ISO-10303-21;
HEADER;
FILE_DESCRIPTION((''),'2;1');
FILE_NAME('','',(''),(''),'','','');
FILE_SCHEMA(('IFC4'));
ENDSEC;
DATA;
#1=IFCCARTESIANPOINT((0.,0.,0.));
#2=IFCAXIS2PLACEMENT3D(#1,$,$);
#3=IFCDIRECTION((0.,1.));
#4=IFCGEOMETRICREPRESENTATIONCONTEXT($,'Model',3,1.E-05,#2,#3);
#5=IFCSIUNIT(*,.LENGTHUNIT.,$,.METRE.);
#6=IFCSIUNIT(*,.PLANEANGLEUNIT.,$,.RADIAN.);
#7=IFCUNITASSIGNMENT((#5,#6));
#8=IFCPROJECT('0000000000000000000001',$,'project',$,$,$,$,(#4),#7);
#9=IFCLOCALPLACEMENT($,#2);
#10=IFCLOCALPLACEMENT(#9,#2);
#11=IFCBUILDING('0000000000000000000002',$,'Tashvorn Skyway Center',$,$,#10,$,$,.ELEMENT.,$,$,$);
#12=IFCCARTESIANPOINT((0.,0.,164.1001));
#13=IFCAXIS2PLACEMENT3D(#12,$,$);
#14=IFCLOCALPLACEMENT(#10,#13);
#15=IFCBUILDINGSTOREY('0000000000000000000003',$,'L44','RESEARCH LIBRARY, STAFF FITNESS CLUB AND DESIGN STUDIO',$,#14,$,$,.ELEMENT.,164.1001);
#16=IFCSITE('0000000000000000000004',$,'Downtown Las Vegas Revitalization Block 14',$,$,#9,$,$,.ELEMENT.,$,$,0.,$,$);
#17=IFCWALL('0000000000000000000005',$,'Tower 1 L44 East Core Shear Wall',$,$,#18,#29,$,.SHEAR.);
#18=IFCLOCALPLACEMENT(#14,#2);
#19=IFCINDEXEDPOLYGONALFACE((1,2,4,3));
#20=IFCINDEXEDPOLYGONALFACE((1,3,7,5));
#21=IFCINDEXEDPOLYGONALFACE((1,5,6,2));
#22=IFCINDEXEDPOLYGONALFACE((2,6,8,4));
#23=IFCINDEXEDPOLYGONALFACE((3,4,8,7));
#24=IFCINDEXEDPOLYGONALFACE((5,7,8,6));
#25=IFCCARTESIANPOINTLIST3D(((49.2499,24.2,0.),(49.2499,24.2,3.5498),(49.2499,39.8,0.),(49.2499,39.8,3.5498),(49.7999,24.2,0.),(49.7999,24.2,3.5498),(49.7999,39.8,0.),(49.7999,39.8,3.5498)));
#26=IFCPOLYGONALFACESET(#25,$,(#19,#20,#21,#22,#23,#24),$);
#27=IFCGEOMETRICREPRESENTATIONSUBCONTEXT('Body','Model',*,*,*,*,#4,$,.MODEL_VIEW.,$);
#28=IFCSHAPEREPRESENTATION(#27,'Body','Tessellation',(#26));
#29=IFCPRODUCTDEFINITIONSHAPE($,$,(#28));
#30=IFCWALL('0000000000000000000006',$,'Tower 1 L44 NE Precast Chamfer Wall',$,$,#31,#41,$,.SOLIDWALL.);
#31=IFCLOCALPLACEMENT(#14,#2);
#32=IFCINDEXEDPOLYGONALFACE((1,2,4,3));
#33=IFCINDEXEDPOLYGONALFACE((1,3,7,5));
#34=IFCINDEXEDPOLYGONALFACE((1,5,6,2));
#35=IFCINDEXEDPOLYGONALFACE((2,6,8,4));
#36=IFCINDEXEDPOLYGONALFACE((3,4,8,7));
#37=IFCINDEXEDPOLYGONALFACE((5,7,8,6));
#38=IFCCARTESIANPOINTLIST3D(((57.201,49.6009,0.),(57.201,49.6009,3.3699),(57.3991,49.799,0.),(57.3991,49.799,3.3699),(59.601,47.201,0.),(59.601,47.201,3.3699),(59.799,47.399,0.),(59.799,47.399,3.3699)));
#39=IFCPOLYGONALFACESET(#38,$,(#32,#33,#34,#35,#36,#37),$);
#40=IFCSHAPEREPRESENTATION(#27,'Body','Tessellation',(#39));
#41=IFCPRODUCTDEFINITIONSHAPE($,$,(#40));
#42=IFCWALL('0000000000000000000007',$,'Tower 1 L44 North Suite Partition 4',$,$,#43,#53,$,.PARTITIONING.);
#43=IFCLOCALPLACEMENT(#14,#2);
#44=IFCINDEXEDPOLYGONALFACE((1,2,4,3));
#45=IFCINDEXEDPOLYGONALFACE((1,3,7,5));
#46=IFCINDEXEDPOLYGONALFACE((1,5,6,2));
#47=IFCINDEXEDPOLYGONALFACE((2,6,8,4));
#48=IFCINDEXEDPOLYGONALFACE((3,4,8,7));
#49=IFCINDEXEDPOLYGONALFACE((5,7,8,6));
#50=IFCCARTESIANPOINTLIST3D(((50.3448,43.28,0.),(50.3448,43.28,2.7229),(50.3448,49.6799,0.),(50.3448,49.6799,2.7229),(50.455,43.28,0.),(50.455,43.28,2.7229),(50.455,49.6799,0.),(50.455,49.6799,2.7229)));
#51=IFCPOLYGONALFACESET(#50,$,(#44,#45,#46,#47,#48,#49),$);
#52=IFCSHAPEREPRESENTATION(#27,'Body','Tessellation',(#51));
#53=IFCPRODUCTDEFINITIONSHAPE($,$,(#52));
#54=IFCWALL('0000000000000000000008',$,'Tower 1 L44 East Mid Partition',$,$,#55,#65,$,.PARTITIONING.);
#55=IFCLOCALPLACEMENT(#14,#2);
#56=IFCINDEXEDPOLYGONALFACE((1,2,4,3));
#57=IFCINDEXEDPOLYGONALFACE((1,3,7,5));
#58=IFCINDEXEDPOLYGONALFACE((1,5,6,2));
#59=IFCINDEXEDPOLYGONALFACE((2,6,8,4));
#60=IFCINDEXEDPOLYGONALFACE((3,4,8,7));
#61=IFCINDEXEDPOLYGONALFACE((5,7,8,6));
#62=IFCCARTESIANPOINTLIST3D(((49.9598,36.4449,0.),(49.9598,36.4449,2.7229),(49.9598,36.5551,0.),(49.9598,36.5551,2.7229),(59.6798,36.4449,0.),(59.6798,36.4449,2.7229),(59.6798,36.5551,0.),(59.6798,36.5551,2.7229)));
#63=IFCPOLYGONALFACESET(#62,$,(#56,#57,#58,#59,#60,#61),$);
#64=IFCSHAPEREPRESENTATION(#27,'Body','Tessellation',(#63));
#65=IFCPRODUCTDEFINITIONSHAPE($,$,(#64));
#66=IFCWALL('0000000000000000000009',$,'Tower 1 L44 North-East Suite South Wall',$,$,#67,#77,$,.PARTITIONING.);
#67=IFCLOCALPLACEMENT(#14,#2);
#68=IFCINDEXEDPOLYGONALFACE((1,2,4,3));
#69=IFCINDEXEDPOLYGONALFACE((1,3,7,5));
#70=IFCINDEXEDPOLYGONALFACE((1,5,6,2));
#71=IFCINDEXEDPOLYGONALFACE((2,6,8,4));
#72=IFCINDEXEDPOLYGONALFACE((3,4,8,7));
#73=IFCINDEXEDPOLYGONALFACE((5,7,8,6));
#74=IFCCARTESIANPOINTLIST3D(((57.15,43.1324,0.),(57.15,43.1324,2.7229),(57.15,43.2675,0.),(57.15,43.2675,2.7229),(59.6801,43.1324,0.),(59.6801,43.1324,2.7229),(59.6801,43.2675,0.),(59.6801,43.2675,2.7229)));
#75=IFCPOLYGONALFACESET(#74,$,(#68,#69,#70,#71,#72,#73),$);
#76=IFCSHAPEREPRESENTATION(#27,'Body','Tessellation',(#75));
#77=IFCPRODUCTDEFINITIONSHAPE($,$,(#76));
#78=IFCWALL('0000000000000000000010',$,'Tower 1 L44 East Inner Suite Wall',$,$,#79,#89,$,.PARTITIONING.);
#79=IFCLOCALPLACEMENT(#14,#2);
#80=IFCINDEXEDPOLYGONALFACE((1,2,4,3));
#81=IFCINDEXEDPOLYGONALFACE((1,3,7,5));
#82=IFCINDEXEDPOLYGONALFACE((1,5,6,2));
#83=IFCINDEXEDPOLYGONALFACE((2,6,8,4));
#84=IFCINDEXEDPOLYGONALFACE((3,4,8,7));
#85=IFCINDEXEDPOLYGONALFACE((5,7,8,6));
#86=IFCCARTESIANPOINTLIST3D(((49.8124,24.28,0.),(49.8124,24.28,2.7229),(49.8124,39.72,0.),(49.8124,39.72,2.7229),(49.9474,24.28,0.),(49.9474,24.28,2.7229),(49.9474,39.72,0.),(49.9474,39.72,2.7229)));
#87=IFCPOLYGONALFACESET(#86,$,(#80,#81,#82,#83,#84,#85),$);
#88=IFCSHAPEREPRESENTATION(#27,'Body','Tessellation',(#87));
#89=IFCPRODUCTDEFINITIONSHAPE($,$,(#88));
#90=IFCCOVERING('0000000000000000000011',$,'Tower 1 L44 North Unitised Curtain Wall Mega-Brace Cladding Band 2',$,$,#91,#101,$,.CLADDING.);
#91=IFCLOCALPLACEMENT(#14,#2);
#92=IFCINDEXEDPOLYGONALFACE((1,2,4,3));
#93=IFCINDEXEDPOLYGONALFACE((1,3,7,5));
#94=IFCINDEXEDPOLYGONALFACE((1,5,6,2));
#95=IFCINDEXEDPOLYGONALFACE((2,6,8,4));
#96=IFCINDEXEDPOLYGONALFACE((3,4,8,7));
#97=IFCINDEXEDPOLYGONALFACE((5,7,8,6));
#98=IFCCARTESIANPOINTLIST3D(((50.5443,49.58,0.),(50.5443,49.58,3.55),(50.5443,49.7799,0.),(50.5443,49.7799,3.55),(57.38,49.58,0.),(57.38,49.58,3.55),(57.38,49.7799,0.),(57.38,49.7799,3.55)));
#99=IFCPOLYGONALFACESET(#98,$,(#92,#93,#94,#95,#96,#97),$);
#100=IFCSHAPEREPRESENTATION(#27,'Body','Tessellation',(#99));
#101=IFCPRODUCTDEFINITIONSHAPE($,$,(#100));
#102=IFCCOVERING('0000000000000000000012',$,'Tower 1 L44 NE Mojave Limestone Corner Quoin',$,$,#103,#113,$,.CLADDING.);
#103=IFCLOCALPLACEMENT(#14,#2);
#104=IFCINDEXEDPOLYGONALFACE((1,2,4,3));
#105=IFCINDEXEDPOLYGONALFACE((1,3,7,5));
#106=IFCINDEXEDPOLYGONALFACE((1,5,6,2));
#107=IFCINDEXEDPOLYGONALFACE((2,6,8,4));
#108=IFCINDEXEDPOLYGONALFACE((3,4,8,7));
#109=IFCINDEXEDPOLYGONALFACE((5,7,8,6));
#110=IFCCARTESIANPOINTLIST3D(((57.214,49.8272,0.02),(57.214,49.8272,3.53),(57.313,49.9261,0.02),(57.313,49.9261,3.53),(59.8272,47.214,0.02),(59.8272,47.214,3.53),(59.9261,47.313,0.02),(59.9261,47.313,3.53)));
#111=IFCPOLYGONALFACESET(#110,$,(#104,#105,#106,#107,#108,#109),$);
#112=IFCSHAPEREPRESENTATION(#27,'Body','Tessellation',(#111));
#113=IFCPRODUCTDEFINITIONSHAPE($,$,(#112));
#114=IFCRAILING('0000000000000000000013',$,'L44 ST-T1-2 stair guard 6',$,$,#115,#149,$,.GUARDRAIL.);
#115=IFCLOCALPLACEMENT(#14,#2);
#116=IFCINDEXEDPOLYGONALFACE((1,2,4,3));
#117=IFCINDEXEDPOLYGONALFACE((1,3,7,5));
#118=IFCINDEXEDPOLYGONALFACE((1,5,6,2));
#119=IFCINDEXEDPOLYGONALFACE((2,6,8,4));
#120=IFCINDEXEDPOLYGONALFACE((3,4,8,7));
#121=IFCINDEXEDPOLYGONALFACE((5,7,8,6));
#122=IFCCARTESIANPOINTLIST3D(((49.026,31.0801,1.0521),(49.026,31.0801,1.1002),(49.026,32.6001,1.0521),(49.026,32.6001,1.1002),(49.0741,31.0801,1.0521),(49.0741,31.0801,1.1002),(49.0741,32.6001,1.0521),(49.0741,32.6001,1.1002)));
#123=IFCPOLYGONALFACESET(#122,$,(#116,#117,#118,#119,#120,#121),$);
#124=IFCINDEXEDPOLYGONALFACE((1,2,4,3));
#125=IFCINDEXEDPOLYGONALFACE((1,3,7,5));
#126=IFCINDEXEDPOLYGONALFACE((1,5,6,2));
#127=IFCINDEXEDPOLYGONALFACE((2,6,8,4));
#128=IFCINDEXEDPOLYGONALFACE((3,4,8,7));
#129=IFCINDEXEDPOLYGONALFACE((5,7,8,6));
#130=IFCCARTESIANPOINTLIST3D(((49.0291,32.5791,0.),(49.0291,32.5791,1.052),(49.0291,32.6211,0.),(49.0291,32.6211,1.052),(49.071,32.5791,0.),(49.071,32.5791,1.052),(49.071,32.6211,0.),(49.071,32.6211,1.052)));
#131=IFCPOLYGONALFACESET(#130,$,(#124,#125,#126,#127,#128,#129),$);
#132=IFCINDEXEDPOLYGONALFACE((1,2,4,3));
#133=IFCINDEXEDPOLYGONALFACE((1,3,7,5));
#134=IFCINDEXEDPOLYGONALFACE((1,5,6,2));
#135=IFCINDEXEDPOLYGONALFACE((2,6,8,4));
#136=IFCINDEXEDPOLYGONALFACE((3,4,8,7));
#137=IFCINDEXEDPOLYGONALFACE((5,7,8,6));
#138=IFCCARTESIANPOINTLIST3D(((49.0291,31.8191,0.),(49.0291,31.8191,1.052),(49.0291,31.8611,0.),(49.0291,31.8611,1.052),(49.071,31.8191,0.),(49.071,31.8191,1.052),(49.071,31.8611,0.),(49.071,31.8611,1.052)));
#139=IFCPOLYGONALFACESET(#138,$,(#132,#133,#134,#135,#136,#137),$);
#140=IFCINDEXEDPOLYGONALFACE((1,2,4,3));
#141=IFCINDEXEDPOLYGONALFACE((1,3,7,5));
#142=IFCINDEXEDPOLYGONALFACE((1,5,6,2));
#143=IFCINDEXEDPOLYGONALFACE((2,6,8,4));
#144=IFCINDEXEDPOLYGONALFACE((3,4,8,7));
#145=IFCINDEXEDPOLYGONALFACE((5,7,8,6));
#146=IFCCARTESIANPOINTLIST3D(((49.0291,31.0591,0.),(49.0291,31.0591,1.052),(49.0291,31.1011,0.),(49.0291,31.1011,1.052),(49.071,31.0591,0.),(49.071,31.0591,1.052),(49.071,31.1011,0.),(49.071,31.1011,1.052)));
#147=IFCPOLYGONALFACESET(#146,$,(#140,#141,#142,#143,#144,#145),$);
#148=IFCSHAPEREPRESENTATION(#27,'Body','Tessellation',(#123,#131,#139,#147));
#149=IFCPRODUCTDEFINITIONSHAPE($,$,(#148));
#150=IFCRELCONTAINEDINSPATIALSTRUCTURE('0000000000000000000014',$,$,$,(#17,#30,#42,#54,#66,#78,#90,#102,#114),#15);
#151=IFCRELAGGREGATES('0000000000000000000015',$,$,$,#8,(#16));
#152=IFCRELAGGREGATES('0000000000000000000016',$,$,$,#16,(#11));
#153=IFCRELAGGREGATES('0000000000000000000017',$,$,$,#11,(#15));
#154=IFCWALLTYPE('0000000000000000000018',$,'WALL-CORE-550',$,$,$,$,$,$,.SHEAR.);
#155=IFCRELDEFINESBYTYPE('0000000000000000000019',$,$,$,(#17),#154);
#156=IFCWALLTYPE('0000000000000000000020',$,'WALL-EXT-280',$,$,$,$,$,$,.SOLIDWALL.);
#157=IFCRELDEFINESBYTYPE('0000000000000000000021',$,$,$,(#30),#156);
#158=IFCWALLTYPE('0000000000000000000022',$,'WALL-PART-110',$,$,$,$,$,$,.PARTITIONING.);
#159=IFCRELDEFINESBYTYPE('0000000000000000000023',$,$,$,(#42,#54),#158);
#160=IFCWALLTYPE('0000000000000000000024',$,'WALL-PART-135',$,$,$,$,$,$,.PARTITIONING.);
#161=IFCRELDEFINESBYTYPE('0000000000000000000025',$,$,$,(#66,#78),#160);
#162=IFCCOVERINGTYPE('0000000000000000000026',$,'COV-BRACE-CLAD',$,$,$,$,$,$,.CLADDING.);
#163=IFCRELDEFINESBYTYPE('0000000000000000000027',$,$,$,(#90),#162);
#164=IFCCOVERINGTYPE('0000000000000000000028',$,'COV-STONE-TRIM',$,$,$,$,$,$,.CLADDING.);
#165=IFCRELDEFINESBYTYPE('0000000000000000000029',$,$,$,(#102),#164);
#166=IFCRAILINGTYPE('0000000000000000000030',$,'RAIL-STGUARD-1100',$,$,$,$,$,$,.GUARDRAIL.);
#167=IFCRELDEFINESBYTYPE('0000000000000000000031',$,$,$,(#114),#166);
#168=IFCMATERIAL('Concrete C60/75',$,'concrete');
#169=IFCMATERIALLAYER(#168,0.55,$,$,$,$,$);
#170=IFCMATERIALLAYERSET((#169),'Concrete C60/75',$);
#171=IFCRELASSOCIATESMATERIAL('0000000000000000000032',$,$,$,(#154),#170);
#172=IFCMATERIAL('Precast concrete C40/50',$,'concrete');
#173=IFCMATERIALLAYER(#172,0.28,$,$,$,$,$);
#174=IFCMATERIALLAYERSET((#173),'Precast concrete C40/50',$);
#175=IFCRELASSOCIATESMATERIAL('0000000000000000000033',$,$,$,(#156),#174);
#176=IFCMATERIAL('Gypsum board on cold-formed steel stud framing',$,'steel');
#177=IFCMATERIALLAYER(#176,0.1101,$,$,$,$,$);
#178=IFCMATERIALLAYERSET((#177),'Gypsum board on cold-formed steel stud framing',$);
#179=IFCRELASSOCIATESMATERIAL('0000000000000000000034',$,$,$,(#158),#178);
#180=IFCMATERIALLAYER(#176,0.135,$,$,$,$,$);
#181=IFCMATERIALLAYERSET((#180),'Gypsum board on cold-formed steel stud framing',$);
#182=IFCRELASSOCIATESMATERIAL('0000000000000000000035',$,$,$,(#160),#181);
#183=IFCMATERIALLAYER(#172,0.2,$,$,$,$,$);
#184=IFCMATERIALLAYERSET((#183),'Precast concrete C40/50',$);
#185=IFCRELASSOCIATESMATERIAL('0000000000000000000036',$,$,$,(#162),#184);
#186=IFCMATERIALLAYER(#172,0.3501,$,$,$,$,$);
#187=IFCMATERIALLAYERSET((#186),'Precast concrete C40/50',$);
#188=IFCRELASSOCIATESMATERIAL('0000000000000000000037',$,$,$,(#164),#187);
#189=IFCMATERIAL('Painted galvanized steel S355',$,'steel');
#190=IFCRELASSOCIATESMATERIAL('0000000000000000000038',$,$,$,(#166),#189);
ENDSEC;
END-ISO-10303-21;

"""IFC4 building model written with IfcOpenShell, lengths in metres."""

from ifc_helpers import new_model, si_unit, direction, frame, frame_2d, origin, origin_2d, place, context, subcontext, project, spatial, rectangle, extrude, material, layer, layer_set, type_object, element, save


model = new_model("IFC4")

# Units and contexts
model_context = context("Model", 3, precision=1e-05, world=origin(), true_north=direction((0.0, 1.0)))
body_context = subcontext(model_context, "Body", "Model", "MODEL_VIEW")
ifc_project = project(units=[si_unit("LENGTHUNIT", "METRE"), si_unit("PLANEANGLEUNIT", "RADIAN")], contexts=[model_context])

# Site, building, storey
site_placement = place(None, origin())
site = spatial("IfcSite", under=ifc_project, at=site_placement, Name="Downtown Las Vegas Revitalization Block 14", CompositionType="ELEMENT", RefElevation=0.0)
building_placement = place(site_placement, origin())
building = spatial("IfcBuilding", under=site, at=building_placement, Name="Tashvorn Skyway Center", CompositionType="ELEMENT")
storey_placement = place(building_placement, frame((0.0, 0.0, 164.1001)))
storey = spatial("IfcBuildingStorey", under=building, at=storey_placement, Name="L44", Description="RESEARCH LIBRARY, STAFF FITNESS CLUB AND DESIGN STUDIO", CompositionType="ELEMENT", Elevation=164.1001)

# Walls
ifc_material_1 = material(Name="Concrete C60/75", Category="concrete")
ifc_layer_1 = layer(ifc_material_1, 0.55)
ifc_layer_set_1 = layer_set([ifc_layer_1], Name="Concrete C60/75")
wall_type_1 = type_object("IfcWallType", Name="WALL-CORE-550", PredefinedType="SHEAR", material=ifc_layer_set_1)
wall_1_placement = place(storey_placement, frame((49.5249, 39.8, 0.0), z_axis=(0.0, 0.0, 1.0), x_axis=(0.0, -1.0, 0.0)))
element("IfcWall", 1, at=wall_1_placement, inside=storey, type_object=wall_type_1, Name="Tower 1 L44 East Core Shear Wall", PredefinedType="SHEAR", context=body_context, shape_type="SweptSolid", body=[
    extrude(rectangle(XDim=15.6001, YDim=0.55, at=frame_2d((7.8, 0.0))), origin(), (0.0, 0.0, 1.0), 3.5498),
])
ifc_material_2 = material(Name="Precast concrete C40/50", Category="concrete")
ifc_layer_2 = layer(ifc_material_2, 0.28)
ifc_layer_set_2 = layer_set([ifc_layer_2], Name="Precast concrete C40/50")
wall_type_2 = type_object("IfcWallType", Name="WALL-EXT-280", PredefinedType="SOLIDWALL", material=ifc_layer_set_2)
wall_2_placement = place(storey_placement, frame((57.3, 49.7, 0.0), z_axis=(0.0, 0.0, 1.0), x_axis=(0.707107, -0.707107, 0.0)))
element("IfcWall", 2, at=wall_2_placement, inside=storey, type_object=wall_type_2, Name="Tower 1 L44 NE Precast Chamfer Wall", PredefinedType="SOLIDWALL", context=body_context, shape_type="SweptSolid", body=[
    extrude(rectangle(XDim=3.394, YDim=0.28, at=frame_2d((1.697, 0.0))), origin(), (0.0, 0.0, 1.0), 3.3699),
])
ifc_material_3 = material(Name="Gypsum board on cold-formed steel stud framing", Category="steel")
ifc_layer_3 = layer(ifc_material_3, 0.1101)
ifc_layer_set_3 = layer_set([ifc_layer_3], Name="Gypsum board on cold-formed steel stud framing")
wall_type_3 = type_object("IfcWallType", Name="WALL-PART-110", PredefinedType="PARTITIONING", material=ifc_layer_set_3)
wall_3_placement = place(storey_placement, frame((50.3999, 43.28, 0.0), z_axis=(0.0, 0.0, 1.0), x_axis=(0.0, 1.0, 0.0)))
element("IfcWall", 3, at=wall_3_placement, inside=storey, type_object=wall_type_3, Name="Tower 1 L44 North Suite Partition 4", PredefinedType="PARTITIONING", context=body_context, shape_type="SweptSolid", body=[
    extrude(rectangle(XDim=6.3999, YDim=0.1101, at=frame_2d((3.2, 0.0))), origin(), (0.0, 0.0, 1.0), 2.7229),
])
wall_4_placement = place(storey_placement, frame((49.96, 36.5, 0.0), z_axis=(0.0, 0.0, 1.0), x_axis=(1.0, 0.0, 0.0)))
element("IfcWall", 4, at=wall_4_placement, inside=storey, type_object=wall_type_3, Name="Tower 1 L44 East Mid Partition", PredefinedType="PARTITIONING", context=body_context, shape_type="SweptSolid", body=[
    extrude(rectangle(XDim=9.72, YDim=0.1101, at=frame_2d((4.8599, 0.0))), origin(), (0.0, 0.0, 1.0), 2.7229),
])
ifc_layer_4 = layer(ifc_material_3, 0.135)
ifc_layer_set_4 = layer_set([ifc_layer_4], Name="Gypsum board on cold-formed steel stud framing")
wall_type_4 = type_object("IfcWallType", Name="WALL-PART-135", PredefinedType="PARTITIONING", material=ifc_layer_set_4)
wall_5_placement = place(storey_placement, frame((57.1499, 43.2, 0.0), z_axis=(0.0, 0.0, 1.0), x_axis=(1.0, 0.0, 0.0)))
element("IfcWall", 5, at=wall_5_placement, inside=storey, type_object=wall_type_4, Name="Tower 1 L44 North-East Suite South Wall", PredefinedType="PARTITIONING", context=body_context, shape_type="SweptSolid", body=[
    extrude(rectangle(XDim=2.53, YDim=0.135, at=frame_2d((1.2651, 0.0))), origin(), (0.0, 0.0, 1.0), 2.7229),
])
wall_6_placement = place(storey_placement, frame((49.8799, 39.72, 0.0), z_axis=(0.0, 0.0, 1.0), x_axis=(0.0, -1.0, 0.0)))
element("IfcWall", 6, at=wall_6_placement, inside=storey, type_object=wall_type_4, Name="Tower 1 L44 East Inner Suite Wall", PredefinedType="PARTITIONING", context=body_context, shape_type="SweptSolid", body=[
    extrude(rectangle(XDim=15.4399, YDim=0.135, at=frame_2d((7.72, 0.0))), origin(), (0.0, 0.0, 1.0), 2.7229),
])

# Coverings
ifc_layer_5 = layer(ifc_material_2, 0.2)
ifc_layer_set_5 = layer_set([ifc_layer_5], Name="Precast concrete C40/50")
covering_type_1 = type_object("IfcCoveringType", Name="COV-BRACE-CLAD", PredefinedType="CLADDING", material=ifc_layer_set_5)
covering_1_placement = place(storey_placement, frame((53.9622, 49.6799, 0.0), z_axis=(0.0, 0.0, 1.0), x_axis=(1.0, 0.0, 0.0)))
element("IfcCovering", 7, at=covering_1_placement, inside=storey, type_object=covering_type_1, Name="Tower 1 L44 North Unitised Curtain Wall Mega-Brace Cladding Band 2", PredefinedType="CLADDING", context=body_context, shape_type="SweptSolid", body=[
    extrude(rectangle(XDim=6.8357, YDim=0.2, at=origin_2d()), origin(), (0.0, 0.0, 1.0), 3.55),
])
ifc_layer_6 = layer(ifc_material_2, 0.3501)
ifc_layer_set_6 = layer_set([ifc_layer_6], Name="Precast concrete C40/50")
covering_type_2 = type_object("IfcCoveringType", Name="COV-STONE-TRIM", PredefinedType="CLADDING", material=ifc_layer_set_6)
covering_2_placement = place(storey_placement, frame((58.5701, 48.5701, 0.02), z_axis=(0.0, 0.0, 1.0), x_axis=(0.707107, -0.707107, 0.0)))
element("IfcCovering", 8, at=covering_2_placement, inside=storey, type_object=covering_type_2, Name="Tower 1 L44 NE Mojave Limestone Corner Quoin", PredefinedType="CLADDING", context=body_context, shape_type="SweptSolid", body=[
    extrude(rectangle(XDim=3.6956, YDim=0.1399, at=origin_2d()), origin(), (0.0, 0.0, 1.0), 3.51),
])

# Railing
ifc_material_4 = material(Name="Painted galvanized steel S355", Category="steel")
railing_type = type_object("IfcRailingType", Name="RAIL-STGUARD-1100", PredefinedType="GUARDRAIL", material=ifc_material_4)
railing_placement = place(storey_placement, frame((49.05, 32.6001, 0.0)))
element("IfcRailing", 9, at=railing_placement, inside=storey, type_object=railing_type, Name="L44 ST-T1-2 stair guard 6", PredefinedType="GUARDRAIL", context=body_context, shape_type="SweptSolid", body=[
    extrude(rectangle(XDim=0.0481, YDim=0.0481, at=origin_2d()), frame((0.0, 0.0, 1.0762), z_axis=(0.0, -1.0, 0.0), x_axis=(1.0, 0.0, 0.0)), (0.0, 0.0, 1.0), 1.52),
    extrude(rectangle(XDim=0.042, YDim=0.042, at=origin_2d()), origin(), (0.0, 0.0, 1.0), 1.052),
    extrude(rectangle(XDim=0.042, YDim=0.042, at=origin_2d()), frame((0.0, -0.76, 0.0)), (0.0, 0.0, 1.0), 1.052),
    extrude(rectangle(XDim=0.042, YDim=0.042, at=origin_2d()), frame((0.0, -1.52, 0.0)), (0.0, 0.0, 1.0), 1.052),
])

save(model, "model.ifc")
